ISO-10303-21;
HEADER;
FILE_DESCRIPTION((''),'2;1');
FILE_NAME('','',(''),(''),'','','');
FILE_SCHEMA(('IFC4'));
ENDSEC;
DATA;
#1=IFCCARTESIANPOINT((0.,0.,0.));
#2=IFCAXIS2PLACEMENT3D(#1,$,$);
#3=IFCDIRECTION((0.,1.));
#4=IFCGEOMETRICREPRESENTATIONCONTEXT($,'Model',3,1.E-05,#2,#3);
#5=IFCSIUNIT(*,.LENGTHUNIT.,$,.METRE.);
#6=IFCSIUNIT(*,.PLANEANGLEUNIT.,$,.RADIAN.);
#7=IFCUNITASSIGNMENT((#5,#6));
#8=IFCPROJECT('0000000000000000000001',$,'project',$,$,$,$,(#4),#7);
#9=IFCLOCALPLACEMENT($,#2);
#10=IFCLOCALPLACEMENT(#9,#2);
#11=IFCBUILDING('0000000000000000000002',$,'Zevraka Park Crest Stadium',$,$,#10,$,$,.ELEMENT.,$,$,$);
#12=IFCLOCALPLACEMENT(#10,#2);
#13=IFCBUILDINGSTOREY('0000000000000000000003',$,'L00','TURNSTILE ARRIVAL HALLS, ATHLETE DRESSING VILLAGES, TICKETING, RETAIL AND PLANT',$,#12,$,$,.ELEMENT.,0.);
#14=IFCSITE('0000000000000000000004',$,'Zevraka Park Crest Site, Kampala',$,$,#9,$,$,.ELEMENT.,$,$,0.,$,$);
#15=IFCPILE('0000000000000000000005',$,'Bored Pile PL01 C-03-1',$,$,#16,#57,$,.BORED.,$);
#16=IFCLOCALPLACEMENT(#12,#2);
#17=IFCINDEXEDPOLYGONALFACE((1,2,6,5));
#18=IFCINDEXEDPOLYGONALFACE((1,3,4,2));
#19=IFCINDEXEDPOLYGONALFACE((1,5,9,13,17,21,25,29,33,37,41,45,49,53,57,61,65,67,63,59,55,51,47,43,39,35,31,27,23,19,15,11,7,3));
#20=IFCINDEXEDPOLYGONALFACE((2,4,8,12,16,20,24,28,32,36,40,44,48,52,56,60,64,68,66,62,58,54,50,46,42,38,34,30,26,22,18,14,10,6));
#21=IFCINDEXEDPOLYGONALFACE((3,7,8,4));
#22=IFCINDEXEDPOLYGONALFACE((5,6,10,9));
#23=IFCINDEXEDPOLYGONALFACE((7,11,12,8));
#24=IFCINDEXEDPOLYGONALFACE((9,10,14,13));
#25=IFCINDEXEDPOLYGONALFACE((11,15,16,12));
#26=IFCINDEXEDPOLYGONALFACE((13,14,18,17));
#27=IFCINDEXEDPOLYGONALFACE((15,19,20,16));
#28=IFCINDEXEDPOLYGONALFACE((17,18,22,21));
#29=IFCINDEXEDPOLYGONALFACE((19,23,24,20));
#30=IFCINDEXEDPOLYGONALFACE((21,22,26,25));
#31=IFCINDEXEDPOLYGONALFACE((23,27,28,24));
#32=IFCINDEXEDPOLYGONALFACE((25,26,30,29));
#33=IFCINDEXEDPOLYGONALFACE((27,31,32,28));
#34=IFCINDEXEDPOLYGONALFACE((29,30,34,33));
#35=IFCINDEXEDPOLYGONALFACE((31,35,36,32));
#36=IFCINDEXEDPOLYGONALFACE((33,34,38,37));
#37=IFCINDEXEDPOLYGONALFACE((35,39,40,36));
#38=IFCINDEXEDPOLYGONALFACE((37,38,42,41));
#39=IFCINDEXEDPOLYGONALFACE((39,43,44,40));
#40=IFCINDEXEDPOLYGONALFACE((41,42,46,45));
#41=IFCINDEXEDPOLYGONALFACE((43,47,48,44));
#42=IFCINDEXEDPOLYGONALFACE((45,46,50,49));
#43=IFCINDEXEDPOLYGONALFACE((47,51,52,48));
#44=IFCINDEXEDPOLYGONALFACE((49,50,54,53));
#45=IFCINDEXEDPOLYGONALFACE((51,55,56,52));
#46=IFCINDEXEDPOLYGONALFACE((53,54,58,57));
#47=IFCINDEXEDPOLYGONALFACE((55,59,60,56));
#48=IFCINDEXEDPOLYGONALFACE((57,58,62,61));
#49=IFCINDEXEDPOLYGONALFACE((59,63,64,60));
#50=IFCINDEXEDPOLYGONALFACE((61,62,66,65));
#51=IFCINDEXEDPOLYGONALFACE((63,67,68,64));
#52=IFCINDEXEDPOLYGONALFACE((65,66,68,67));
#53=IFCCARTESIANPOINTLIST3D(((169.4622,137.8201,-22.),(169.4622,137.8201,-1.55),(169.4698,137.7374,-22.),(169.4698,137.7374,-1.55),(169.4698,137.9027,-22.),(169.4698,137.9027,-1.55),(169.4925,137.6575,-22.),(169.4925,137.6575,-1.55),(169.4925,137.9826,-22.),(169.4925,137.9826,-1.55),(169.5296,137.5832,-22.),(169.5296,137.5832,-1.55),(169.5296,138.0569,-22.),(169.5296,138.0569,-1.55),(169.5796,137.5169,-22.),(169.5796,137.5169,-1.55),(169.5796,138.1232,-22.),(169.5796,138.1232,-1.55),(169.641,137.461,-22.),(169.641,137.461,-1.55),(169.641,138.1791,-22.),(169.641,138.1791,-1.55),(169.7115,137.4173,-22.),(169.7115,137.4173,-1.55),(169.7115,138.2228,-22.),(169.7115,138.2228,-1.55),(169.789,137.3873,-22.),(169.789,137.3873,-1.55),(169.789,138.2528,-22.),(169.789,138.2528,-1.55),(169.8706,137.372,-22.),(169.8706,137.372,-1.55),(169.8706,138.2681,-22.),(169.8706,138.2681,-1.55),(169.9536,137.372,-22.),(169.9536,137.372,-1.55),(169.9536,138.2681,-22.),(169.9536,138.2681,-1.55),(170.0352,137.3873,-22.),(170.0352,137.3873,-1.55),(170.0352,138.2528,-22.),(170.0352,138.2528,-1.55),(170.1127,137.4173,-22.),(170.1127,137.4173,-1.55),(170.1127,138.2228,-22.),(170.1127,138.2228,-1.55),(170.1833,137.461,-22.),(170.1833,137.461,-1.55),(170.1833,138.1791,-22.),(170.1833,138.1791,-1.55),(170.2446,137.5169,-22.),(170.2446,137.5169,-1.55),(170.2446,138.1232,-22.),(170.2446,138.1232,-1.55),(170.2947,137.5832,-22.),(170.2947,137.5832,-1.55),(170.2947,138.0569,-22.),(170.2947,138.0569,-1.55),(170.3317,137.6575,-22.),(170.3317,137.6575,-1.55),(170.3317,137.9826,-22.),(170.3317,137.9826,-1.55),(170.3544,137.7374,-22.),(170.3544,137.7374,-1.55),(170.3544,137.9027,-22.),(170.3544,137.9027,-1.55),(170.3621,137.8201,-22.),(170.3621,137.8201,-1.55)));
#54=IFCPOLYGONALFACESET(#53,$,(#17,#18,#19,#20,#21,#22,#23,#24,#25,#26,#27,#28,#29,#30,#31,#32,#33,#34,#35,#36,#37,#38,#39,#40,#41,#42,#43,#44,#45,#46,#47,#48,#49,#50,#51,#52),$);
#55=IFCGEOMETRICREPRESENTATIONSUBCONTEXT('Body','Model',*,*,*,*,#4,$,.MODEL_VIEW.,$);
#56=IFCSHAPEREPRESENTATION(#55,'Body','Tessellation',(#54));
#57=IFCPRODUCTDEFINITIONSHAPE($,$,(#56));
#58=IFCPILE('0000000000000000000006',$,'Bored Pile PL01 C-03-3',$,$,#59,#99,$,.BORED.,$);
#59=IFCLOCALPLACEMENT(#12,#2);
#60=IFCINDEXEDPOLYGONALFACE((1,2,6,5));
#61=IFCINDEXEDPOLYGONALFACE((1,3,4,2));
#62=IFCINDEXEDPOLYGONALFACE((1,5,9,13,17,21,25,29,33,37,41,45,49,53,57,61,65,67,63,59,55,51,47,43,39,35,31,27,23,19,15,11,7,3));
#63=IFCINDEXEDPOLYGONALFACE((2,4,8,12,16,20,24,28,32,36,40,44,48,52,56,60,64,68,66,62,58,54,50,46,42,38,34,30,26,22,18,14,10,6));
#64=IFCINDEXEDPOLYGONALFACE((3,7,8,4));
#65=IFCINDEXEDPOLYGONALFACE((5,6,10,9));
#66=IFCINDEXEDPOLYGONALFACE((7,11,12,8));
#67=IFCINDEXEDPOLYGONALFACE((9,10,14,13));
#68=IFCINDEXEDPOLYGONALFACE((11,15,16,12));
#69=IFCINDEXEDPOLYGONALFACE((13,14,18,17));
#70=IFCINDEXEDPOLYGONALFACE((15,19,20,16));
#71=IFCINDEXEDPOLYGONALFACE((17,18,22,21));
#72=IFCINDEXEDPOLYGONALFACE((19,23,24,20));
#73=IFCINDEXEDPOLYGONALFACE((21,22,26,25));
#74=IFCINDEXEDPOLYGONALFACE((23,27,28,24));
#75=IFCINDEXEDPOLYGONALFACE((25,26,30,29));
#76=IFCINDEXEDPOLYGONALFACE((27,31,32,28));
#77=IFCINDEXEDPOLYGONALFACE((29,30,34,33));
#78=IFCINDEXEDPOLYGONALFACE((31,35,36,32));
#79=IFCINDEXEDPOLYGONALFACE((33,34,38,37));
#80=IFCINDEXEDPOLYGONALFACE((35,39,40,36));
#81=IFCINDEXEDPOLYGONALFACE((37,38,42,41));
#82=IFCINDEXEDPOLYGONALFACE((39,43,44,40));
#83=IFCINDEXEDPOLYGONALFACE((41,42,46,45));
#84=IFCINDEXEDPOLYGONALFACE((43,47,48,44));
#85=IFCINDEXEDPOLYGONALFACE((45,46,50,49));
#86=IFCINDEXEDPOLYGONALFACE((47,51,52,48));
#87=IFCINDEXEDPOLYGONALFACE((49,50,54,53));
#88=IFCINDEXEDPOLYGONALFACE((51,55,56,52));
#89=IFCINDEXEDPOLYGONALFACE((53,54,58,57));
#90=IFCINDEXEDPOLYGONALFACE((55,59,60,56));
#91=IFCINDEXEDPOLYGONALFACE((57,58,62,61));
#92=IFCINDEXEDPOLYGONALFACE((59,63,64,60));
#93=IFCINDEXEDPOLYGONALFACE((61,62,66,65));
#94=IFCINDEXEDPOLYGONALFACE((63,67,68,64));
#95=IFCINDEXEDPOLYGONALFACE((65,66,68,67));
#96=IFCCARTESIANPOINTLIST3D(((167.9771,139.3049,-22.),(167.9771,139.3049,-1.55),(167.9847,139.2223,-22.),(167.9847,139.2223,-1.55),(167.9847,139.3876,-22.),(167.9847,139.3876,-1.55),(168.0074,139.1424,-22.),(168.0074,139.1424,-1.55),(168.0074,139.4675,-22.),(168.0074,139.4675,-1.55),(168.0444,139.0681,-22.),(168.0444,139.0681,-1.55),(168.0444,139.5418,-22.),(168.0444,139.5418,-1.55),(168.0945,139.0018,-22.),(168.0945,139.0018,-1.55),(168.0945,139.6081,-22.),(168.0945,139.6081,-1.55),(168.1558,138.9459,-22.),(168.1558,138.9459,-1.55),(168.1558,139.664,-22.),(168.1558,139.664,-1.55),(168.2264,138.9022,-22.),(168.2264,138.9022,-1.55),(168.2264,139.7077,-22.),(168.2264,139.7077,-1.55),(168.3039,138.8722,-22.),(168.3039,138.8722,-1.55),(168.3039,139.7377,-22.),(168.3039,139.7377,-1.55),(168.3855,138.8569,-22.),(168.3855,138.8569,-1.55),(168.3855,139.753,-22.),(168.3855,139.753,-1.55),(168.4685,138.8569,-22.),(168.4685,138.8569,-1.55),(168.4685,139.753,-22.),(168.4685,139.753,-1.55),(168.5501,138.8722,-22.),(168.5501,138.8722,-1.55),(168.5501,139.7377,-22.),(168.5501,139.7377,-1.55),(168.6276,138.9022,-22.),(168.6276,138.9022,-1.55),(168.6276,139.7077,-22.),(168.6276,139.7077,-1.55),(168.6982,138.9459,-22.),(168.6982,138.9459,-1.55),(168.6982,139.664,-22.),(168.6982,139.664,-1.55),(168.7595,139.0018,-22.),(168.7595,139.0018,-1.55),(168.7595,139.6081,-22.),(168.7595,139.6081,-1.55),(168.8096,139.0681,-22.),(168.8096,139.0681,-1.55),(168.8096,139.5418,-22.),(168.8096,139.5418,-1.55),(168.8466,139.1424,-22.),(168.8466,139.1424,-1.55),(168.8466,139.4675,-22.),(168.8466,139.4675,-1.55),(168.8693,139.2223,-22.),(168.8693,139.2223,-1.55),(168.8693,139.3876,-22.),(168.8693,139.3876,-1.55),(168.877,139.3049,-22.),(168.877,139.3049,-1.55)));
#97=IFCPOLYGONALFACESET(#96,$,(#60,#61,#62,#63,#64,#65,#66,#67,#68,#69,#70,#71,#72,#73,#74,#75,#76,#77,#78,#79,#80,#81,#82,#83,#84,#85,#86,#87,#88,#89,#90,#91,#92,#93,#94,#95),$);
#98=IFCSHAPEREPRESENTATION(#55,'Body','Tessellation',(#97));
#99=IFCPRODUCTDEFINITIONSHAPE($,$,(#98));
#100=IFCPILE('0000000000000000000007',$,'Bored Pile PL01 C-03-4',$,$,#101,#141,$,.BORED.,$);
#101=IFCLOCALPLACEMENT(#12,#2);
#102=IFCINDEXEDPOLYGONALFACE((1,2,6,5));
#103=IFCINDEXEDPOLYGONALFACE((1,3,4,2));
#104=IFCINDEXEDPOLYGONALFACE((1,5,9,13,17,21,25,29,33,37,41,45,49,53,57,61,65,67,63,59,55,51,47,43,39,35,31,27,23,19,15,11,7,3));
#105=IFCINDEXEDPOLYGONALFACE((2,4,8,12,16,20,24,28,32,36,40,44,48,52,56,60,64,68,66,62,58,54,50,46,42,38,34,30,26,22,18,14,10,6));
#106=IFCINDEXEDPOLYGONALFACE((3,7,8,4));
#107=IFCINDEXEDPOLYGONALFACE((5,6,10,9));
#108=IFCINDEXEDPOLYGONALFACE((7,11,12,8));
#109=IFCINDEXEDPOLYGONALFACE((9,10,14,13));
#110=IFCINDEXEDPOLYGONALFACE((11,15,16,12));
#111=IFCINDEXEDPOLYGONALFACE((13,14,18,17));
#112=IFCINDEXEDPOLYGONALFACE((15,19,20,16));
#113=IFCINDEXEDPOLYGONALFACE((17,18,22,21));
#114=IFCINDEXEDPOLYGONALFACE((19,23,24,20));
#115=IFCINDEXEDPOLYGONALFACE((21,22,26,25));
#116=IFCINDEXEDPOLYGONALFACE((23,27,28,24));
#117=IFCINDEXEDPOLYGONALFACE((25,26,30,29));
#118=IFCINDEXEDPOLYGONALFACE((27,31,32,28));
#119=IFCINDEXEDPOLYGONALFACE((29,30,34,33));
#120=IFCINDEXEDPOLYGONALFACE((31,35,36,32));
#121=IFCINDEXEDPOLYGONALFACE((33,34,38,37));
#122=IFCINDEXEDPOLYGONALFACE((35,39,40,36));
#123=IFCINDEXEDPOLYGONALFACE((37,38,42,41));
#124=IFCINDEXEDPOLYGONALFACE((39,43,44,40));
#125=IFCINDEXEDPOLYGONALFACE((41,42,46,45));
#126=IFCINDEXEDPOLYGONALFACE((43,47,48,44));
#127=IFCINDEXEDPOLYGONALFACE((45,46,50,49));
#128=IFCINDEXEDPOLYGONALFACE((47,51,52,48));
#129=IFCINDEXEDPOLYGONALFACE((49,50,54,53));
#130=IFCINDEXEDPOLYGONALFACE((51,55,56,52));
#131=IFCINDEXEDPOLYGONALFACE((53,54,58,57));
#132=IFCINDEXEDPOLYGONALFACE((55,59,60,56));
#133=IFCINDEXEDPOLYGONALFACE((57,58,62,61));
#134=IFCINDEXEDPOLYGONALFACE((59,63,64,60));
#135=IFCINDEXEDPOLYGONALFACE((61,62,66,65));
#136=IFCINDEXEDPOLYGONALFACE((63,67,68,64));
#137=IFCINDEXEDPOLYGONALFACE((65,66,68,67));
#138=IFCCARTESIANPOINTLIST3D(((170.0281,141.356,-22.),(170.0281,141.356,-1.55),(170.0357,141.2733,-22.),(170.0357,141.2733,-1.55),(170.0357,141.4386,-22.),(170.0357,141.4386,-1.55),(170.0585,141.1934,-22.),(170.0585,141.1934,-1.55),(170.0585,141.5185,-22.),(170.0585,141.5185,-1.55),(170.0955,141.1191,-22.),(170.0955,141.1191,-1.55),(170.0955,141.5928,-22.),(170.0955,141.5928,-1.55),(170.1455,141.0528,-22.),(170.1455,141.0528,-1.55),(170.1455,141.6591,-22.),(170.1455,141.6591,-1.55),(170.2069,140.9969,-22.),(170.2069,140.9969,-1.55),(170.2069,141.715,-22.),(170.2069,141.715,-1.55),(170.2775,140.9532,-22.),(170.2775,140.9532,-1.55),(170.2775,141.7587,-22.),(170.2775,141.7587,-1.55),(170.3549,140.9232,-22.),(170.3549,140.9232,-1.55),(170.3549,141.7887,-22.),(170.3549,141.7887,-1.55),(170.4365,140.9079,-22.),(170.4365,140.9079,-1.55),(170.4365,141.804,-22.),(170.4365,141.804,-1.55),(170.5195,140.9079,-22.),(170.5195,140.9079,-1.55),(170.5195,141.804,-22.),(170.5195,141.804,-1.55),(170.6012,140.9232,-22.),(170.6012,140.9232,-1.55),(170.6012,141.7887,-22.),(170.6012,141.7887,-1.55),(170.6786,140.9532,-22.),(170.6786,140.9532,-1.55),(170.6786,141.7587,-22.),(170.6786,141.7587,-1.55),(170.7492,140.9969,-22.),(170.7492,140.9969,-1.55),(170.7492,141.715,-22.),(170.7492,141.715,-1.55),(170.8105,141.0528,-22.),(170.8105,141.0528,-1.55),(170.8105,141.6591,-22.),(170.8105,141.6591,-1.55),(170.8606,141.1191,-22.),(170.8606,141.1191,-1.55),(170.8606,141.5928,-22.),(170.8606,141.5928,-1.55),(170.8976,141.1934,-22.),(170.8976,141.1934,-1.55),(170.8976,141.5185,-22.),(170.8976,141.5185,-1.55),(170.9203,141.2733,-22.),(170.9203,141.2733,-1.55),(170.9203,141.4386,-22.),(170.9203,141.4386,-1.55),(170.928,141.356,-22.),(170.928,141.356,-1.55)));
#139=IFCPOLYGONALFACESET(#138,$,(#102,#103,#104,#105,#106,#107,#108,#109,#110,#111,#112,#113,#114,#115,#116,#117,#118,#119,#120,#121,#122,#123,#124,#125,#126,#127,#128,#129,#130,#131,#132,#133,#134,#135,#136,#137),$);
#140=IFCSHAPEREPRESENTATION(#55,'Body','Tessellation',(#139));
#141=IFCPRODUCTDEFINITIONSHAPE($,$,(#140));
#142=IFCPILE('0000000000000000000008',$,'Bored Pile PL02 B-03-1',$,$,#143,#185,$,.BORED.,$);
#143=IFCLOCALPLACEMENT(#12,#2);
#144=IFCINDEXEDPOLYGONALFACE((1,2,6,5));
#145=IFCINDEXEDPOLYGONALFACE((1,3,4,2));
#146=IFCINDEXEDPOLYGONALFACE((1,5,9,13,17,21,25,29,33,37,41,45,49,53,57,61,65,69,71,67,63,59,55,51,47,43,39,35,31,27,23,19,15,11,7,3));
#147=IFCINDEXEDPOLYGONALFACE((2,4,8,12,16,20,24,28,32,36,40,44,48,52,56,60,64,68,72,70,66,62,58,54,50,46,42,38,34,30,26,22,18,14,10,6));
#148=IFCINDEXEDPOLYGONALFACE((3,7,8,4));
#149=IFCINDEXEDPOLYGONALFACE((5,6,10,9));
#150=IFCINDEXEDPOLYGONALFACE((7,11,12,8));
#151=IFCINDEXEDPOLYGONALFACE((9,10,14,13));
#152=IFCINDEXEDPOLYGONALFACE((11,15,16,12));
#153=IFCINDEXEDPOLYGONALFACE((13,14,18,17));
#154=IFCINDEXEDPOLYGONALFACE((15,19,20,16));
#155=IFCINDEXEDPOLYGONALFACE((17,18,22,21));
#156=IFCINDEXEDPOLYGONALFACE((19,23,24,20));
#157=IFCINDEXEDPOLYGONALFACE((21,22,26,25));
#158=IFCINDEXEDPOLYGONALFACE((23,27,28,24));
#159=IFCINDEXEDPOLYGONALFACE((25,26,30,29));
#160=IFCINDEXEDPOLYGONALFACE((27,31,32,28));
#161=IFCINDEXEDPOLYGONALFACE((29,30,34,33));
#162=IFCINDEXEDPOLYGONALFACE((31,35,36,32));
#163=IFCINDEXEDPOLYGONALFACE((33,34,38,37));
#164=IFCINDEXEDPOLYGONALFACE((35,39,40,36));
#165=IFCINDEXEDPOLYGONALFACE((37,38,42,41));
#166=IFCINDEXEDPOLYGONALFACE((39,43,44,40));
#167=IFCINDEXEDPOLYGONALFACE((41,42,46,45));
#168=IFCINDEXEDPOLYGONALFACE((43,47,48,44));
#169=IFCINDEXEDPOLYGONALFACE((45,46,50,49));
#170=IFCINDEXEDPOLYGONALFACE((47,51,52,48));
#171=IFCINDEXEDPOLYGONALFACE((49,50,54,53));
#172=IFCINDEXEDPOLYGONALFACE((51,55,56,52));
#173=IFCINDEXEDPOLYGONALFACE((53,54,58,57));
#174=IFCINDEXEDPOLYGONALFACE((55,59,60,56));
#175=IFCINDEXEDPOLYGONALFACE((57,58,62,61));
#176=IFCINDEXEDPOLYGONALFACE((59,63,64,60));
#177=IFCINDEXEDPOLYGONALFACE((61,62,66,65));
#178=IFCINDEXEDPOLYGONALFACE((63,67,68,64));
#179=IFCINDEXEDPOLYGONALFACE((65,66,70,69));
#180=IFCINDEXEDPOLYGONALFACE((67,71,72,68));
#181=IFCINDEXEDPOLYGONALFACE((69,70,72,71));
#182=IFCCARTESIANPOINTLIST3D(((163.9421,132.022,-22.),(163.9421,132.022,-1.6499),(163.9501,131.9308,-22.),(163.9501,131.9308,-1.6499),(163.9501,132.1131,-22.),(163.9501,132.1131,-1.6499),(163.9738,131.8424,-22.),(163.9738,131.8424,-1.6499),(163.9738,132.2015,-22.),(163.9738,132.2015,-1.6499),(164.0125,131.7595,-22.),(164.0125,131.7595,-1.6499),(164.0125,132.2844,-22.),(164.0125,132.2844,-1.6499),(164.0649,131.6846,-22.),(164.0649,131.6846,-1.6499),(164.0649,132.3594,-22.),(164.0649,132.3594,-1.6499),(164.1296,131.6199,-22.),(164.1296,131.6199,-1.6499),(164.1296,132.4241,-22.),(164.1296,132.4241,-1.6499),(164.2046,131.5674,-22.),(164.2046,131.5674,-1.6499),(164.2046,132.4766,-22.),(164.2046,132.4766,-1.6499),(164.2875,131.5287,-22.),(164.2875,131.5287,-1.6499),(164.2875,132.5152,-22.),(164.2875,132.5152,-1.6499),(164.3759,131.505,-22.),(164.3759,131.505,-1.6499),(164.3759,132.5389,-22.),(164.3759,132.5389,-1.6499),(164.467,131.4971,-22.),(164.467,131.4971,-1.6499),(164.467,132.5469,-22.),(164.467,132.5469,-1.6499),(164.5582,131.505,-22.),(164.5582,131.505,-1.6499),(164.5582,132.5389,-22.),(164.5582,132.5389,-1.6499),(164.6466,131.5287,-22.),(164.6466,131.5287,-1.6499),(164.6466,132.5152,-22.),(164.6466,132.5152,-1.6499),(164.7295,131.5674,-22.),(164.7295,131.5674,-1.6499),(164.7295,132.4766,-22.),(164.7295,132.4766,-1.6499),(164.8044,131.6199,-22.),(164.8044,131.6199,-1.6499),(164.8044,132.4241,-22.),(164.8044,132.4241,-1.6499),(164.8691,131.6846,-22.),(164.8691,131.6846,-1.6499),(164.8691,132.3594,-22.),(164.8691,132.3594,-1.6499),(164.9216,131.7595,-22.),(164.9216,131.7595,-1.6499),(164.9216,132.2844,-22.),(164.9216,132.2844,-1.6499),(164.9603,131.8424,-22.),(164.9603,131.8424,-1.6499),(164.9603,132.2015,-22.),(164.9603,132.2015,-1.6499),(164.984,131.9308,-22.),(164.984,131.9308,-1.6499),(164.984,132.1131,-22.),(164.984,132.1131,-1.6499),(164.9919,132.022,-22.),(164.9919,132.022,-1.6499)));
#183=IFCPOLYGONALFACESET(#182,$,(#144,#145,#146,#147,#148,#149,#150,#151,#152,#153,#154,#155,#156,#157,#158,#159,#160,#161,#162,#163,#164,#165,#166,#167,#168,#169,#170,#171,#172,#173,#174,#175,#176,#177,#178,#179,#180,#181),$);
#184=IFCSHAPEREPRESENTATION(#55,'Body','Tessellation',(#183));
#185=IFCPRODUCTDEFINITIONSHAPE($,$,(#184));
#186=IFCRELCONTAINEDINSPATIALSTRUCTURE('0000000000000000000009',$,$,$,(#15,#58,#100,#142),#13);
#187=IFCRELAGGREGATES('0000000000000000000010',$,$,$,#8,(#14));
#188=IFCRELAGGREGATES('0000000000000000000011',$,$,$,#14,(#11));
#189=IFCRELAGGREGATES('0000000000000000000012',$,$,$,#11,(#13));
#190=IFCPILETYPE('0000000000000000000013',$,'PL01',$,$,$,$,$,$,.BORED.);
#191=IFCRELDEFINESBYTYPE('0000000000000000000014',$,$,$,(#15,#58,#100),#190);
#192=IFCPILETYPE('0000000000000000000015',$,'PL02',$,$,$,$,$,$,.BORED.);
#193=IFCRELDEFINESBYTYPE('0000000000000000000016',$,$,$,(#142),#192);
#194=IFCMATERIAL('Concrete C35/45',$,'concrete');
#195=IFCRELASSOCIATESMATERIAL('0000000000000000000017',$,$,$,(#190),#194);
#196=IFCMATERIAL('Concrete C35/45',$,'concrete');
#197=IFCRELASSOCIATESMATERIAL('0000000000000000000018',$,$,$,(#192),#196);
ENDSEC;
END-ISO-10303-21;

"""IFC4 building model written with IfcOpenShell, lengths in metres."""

from ifc_helpers import new_model, si_unit, direction, frame, origin, origin_2d, place, context, subcontext, project, spatial, circle, extrude, material, material_profile, profile_set, type_object, element, save


model = new_model("IFC4")

# Units and contexts
model_context = context("Model", 3, precision=1e-05, world=origin(), true_north=direction((0.0, 1.0)))
body_context = subcontext(model_context, "Body", "Model", "MODEL_VIEW")
ifc_project = project(units=[si_unit("LENGTHUNIT", "METRE"), si_unit("PLANEANGLEUNIT", "RADIAN")], contexts=[model_context])

# Site, building, storey
site_placement = place(None, origin())
site = spatial("IfcSite", under=ifc_project, at=site_placement, Name="Zevraka Park Crest Site, Kampala", CompositionType="ELEMENT", RefElevation=0.0)
building_placement = place(site_placement, origin())
building = spatial("IfcBuilding", under=site, at=building_placement, Name="Zevraka Park Crest Stadium", CompositionType="ELEMENT")
storey_placement = place(building_placement, origin())
storey = spatial("IfcBuildingStorey", under=building, at=storey_placement, Name="L00", Description="TURNSTILE ARRIVAL HALLS, ATHLETE DRESSING VILLAGES, TICKETING, RETAIL AND PLANT", CompositionType="ELEMENT", Elevation=0.0)

# Piles
ifc_material_1 = material(Name="Concrete C35/45", Category="concrete")
ifc_material_profile_1 = material_profile(ifc_material_1, circle(Radius=0.45, at=origin_2d()), Name="PILE D900")
ifc_profile_set_1 = profile_set([ifc_material_profile_1], Name="Concrete C35/45")
pile_type_1 = type_object("IfcPileType", Name="PL01", PredefinedType="BORED", material=ifc_profile_set_1)
for number, where, z_axis, x_axis, name in (
    (1, (169.9121, 137.8201, -1.55), (0.0, 0.0, -1.0), (1.0, 0.0, 0.0), "Bored Pile PL01 C-03-1"),
    (2, (168.427, 139.3049, -1.55), (0.0, 0.0, -1.0), (1.0, 0.0, 0.0), "Bored Pile PL01 C-03-3"),
    (3, (170.478, 141.356, -1.55), (0.0, 0.0, -1.0), (1.0, 0.0, 0.0), "Bored Pile PL01 C-03-4"),
):
    element("IfcPile", number, at=place(storey_placement, frame(where, z_axis=z_axis, x_axis=x_axis)), inside=storey, type_object=pile_type_1, Name=name, PredefinedType="BORED", context=body_context, shape_type="SweptSolid", body=[
        extrude(circle(Radius=0.45, at=origin_2d()), origin(), (0.0, 0.0, 1.0), 20.45),
    ])
ifc_material_2 = material(Name="Concrete C35/45", Category="concrete")
ifc_material_profile_2 = material_profile(ifc_material_2, circle(Radius=0.5249, at=origin_2d()), Name="PILE D1050")
ifc_profile_set_2 = profile_set([ifc_material_profile_2], Name="Concrete C35/45")
pile_type_2 = type_object("IfcPileType", Name="PL02", PredefinedType="BORED", material=ifc_profile_set_2)
for number, where, z_axis, x_axis, name in (
    (4, (164.467, 132.022, -1.6499), (0.0, 0.0, -1.0), (1.0, 0.0, 0.0), "Bored Pile PL02 B-03-1"),
):
    element("IfcPile", number, at=place(storey_placement, frame(where, z_axis=z_axis, x_axis=x_axis)), inside=storey, type_object=pile_type_2, Name=name, PredefinedType="BORED", context=body_context, shape_type="SweptSolid", body=[
        extrude(circle(Radius=0.5249, at=origin_2d()), origin(), (0.0, 0.0, 1.0), 20.3501),
    ])

save(model, "model.ifc")
